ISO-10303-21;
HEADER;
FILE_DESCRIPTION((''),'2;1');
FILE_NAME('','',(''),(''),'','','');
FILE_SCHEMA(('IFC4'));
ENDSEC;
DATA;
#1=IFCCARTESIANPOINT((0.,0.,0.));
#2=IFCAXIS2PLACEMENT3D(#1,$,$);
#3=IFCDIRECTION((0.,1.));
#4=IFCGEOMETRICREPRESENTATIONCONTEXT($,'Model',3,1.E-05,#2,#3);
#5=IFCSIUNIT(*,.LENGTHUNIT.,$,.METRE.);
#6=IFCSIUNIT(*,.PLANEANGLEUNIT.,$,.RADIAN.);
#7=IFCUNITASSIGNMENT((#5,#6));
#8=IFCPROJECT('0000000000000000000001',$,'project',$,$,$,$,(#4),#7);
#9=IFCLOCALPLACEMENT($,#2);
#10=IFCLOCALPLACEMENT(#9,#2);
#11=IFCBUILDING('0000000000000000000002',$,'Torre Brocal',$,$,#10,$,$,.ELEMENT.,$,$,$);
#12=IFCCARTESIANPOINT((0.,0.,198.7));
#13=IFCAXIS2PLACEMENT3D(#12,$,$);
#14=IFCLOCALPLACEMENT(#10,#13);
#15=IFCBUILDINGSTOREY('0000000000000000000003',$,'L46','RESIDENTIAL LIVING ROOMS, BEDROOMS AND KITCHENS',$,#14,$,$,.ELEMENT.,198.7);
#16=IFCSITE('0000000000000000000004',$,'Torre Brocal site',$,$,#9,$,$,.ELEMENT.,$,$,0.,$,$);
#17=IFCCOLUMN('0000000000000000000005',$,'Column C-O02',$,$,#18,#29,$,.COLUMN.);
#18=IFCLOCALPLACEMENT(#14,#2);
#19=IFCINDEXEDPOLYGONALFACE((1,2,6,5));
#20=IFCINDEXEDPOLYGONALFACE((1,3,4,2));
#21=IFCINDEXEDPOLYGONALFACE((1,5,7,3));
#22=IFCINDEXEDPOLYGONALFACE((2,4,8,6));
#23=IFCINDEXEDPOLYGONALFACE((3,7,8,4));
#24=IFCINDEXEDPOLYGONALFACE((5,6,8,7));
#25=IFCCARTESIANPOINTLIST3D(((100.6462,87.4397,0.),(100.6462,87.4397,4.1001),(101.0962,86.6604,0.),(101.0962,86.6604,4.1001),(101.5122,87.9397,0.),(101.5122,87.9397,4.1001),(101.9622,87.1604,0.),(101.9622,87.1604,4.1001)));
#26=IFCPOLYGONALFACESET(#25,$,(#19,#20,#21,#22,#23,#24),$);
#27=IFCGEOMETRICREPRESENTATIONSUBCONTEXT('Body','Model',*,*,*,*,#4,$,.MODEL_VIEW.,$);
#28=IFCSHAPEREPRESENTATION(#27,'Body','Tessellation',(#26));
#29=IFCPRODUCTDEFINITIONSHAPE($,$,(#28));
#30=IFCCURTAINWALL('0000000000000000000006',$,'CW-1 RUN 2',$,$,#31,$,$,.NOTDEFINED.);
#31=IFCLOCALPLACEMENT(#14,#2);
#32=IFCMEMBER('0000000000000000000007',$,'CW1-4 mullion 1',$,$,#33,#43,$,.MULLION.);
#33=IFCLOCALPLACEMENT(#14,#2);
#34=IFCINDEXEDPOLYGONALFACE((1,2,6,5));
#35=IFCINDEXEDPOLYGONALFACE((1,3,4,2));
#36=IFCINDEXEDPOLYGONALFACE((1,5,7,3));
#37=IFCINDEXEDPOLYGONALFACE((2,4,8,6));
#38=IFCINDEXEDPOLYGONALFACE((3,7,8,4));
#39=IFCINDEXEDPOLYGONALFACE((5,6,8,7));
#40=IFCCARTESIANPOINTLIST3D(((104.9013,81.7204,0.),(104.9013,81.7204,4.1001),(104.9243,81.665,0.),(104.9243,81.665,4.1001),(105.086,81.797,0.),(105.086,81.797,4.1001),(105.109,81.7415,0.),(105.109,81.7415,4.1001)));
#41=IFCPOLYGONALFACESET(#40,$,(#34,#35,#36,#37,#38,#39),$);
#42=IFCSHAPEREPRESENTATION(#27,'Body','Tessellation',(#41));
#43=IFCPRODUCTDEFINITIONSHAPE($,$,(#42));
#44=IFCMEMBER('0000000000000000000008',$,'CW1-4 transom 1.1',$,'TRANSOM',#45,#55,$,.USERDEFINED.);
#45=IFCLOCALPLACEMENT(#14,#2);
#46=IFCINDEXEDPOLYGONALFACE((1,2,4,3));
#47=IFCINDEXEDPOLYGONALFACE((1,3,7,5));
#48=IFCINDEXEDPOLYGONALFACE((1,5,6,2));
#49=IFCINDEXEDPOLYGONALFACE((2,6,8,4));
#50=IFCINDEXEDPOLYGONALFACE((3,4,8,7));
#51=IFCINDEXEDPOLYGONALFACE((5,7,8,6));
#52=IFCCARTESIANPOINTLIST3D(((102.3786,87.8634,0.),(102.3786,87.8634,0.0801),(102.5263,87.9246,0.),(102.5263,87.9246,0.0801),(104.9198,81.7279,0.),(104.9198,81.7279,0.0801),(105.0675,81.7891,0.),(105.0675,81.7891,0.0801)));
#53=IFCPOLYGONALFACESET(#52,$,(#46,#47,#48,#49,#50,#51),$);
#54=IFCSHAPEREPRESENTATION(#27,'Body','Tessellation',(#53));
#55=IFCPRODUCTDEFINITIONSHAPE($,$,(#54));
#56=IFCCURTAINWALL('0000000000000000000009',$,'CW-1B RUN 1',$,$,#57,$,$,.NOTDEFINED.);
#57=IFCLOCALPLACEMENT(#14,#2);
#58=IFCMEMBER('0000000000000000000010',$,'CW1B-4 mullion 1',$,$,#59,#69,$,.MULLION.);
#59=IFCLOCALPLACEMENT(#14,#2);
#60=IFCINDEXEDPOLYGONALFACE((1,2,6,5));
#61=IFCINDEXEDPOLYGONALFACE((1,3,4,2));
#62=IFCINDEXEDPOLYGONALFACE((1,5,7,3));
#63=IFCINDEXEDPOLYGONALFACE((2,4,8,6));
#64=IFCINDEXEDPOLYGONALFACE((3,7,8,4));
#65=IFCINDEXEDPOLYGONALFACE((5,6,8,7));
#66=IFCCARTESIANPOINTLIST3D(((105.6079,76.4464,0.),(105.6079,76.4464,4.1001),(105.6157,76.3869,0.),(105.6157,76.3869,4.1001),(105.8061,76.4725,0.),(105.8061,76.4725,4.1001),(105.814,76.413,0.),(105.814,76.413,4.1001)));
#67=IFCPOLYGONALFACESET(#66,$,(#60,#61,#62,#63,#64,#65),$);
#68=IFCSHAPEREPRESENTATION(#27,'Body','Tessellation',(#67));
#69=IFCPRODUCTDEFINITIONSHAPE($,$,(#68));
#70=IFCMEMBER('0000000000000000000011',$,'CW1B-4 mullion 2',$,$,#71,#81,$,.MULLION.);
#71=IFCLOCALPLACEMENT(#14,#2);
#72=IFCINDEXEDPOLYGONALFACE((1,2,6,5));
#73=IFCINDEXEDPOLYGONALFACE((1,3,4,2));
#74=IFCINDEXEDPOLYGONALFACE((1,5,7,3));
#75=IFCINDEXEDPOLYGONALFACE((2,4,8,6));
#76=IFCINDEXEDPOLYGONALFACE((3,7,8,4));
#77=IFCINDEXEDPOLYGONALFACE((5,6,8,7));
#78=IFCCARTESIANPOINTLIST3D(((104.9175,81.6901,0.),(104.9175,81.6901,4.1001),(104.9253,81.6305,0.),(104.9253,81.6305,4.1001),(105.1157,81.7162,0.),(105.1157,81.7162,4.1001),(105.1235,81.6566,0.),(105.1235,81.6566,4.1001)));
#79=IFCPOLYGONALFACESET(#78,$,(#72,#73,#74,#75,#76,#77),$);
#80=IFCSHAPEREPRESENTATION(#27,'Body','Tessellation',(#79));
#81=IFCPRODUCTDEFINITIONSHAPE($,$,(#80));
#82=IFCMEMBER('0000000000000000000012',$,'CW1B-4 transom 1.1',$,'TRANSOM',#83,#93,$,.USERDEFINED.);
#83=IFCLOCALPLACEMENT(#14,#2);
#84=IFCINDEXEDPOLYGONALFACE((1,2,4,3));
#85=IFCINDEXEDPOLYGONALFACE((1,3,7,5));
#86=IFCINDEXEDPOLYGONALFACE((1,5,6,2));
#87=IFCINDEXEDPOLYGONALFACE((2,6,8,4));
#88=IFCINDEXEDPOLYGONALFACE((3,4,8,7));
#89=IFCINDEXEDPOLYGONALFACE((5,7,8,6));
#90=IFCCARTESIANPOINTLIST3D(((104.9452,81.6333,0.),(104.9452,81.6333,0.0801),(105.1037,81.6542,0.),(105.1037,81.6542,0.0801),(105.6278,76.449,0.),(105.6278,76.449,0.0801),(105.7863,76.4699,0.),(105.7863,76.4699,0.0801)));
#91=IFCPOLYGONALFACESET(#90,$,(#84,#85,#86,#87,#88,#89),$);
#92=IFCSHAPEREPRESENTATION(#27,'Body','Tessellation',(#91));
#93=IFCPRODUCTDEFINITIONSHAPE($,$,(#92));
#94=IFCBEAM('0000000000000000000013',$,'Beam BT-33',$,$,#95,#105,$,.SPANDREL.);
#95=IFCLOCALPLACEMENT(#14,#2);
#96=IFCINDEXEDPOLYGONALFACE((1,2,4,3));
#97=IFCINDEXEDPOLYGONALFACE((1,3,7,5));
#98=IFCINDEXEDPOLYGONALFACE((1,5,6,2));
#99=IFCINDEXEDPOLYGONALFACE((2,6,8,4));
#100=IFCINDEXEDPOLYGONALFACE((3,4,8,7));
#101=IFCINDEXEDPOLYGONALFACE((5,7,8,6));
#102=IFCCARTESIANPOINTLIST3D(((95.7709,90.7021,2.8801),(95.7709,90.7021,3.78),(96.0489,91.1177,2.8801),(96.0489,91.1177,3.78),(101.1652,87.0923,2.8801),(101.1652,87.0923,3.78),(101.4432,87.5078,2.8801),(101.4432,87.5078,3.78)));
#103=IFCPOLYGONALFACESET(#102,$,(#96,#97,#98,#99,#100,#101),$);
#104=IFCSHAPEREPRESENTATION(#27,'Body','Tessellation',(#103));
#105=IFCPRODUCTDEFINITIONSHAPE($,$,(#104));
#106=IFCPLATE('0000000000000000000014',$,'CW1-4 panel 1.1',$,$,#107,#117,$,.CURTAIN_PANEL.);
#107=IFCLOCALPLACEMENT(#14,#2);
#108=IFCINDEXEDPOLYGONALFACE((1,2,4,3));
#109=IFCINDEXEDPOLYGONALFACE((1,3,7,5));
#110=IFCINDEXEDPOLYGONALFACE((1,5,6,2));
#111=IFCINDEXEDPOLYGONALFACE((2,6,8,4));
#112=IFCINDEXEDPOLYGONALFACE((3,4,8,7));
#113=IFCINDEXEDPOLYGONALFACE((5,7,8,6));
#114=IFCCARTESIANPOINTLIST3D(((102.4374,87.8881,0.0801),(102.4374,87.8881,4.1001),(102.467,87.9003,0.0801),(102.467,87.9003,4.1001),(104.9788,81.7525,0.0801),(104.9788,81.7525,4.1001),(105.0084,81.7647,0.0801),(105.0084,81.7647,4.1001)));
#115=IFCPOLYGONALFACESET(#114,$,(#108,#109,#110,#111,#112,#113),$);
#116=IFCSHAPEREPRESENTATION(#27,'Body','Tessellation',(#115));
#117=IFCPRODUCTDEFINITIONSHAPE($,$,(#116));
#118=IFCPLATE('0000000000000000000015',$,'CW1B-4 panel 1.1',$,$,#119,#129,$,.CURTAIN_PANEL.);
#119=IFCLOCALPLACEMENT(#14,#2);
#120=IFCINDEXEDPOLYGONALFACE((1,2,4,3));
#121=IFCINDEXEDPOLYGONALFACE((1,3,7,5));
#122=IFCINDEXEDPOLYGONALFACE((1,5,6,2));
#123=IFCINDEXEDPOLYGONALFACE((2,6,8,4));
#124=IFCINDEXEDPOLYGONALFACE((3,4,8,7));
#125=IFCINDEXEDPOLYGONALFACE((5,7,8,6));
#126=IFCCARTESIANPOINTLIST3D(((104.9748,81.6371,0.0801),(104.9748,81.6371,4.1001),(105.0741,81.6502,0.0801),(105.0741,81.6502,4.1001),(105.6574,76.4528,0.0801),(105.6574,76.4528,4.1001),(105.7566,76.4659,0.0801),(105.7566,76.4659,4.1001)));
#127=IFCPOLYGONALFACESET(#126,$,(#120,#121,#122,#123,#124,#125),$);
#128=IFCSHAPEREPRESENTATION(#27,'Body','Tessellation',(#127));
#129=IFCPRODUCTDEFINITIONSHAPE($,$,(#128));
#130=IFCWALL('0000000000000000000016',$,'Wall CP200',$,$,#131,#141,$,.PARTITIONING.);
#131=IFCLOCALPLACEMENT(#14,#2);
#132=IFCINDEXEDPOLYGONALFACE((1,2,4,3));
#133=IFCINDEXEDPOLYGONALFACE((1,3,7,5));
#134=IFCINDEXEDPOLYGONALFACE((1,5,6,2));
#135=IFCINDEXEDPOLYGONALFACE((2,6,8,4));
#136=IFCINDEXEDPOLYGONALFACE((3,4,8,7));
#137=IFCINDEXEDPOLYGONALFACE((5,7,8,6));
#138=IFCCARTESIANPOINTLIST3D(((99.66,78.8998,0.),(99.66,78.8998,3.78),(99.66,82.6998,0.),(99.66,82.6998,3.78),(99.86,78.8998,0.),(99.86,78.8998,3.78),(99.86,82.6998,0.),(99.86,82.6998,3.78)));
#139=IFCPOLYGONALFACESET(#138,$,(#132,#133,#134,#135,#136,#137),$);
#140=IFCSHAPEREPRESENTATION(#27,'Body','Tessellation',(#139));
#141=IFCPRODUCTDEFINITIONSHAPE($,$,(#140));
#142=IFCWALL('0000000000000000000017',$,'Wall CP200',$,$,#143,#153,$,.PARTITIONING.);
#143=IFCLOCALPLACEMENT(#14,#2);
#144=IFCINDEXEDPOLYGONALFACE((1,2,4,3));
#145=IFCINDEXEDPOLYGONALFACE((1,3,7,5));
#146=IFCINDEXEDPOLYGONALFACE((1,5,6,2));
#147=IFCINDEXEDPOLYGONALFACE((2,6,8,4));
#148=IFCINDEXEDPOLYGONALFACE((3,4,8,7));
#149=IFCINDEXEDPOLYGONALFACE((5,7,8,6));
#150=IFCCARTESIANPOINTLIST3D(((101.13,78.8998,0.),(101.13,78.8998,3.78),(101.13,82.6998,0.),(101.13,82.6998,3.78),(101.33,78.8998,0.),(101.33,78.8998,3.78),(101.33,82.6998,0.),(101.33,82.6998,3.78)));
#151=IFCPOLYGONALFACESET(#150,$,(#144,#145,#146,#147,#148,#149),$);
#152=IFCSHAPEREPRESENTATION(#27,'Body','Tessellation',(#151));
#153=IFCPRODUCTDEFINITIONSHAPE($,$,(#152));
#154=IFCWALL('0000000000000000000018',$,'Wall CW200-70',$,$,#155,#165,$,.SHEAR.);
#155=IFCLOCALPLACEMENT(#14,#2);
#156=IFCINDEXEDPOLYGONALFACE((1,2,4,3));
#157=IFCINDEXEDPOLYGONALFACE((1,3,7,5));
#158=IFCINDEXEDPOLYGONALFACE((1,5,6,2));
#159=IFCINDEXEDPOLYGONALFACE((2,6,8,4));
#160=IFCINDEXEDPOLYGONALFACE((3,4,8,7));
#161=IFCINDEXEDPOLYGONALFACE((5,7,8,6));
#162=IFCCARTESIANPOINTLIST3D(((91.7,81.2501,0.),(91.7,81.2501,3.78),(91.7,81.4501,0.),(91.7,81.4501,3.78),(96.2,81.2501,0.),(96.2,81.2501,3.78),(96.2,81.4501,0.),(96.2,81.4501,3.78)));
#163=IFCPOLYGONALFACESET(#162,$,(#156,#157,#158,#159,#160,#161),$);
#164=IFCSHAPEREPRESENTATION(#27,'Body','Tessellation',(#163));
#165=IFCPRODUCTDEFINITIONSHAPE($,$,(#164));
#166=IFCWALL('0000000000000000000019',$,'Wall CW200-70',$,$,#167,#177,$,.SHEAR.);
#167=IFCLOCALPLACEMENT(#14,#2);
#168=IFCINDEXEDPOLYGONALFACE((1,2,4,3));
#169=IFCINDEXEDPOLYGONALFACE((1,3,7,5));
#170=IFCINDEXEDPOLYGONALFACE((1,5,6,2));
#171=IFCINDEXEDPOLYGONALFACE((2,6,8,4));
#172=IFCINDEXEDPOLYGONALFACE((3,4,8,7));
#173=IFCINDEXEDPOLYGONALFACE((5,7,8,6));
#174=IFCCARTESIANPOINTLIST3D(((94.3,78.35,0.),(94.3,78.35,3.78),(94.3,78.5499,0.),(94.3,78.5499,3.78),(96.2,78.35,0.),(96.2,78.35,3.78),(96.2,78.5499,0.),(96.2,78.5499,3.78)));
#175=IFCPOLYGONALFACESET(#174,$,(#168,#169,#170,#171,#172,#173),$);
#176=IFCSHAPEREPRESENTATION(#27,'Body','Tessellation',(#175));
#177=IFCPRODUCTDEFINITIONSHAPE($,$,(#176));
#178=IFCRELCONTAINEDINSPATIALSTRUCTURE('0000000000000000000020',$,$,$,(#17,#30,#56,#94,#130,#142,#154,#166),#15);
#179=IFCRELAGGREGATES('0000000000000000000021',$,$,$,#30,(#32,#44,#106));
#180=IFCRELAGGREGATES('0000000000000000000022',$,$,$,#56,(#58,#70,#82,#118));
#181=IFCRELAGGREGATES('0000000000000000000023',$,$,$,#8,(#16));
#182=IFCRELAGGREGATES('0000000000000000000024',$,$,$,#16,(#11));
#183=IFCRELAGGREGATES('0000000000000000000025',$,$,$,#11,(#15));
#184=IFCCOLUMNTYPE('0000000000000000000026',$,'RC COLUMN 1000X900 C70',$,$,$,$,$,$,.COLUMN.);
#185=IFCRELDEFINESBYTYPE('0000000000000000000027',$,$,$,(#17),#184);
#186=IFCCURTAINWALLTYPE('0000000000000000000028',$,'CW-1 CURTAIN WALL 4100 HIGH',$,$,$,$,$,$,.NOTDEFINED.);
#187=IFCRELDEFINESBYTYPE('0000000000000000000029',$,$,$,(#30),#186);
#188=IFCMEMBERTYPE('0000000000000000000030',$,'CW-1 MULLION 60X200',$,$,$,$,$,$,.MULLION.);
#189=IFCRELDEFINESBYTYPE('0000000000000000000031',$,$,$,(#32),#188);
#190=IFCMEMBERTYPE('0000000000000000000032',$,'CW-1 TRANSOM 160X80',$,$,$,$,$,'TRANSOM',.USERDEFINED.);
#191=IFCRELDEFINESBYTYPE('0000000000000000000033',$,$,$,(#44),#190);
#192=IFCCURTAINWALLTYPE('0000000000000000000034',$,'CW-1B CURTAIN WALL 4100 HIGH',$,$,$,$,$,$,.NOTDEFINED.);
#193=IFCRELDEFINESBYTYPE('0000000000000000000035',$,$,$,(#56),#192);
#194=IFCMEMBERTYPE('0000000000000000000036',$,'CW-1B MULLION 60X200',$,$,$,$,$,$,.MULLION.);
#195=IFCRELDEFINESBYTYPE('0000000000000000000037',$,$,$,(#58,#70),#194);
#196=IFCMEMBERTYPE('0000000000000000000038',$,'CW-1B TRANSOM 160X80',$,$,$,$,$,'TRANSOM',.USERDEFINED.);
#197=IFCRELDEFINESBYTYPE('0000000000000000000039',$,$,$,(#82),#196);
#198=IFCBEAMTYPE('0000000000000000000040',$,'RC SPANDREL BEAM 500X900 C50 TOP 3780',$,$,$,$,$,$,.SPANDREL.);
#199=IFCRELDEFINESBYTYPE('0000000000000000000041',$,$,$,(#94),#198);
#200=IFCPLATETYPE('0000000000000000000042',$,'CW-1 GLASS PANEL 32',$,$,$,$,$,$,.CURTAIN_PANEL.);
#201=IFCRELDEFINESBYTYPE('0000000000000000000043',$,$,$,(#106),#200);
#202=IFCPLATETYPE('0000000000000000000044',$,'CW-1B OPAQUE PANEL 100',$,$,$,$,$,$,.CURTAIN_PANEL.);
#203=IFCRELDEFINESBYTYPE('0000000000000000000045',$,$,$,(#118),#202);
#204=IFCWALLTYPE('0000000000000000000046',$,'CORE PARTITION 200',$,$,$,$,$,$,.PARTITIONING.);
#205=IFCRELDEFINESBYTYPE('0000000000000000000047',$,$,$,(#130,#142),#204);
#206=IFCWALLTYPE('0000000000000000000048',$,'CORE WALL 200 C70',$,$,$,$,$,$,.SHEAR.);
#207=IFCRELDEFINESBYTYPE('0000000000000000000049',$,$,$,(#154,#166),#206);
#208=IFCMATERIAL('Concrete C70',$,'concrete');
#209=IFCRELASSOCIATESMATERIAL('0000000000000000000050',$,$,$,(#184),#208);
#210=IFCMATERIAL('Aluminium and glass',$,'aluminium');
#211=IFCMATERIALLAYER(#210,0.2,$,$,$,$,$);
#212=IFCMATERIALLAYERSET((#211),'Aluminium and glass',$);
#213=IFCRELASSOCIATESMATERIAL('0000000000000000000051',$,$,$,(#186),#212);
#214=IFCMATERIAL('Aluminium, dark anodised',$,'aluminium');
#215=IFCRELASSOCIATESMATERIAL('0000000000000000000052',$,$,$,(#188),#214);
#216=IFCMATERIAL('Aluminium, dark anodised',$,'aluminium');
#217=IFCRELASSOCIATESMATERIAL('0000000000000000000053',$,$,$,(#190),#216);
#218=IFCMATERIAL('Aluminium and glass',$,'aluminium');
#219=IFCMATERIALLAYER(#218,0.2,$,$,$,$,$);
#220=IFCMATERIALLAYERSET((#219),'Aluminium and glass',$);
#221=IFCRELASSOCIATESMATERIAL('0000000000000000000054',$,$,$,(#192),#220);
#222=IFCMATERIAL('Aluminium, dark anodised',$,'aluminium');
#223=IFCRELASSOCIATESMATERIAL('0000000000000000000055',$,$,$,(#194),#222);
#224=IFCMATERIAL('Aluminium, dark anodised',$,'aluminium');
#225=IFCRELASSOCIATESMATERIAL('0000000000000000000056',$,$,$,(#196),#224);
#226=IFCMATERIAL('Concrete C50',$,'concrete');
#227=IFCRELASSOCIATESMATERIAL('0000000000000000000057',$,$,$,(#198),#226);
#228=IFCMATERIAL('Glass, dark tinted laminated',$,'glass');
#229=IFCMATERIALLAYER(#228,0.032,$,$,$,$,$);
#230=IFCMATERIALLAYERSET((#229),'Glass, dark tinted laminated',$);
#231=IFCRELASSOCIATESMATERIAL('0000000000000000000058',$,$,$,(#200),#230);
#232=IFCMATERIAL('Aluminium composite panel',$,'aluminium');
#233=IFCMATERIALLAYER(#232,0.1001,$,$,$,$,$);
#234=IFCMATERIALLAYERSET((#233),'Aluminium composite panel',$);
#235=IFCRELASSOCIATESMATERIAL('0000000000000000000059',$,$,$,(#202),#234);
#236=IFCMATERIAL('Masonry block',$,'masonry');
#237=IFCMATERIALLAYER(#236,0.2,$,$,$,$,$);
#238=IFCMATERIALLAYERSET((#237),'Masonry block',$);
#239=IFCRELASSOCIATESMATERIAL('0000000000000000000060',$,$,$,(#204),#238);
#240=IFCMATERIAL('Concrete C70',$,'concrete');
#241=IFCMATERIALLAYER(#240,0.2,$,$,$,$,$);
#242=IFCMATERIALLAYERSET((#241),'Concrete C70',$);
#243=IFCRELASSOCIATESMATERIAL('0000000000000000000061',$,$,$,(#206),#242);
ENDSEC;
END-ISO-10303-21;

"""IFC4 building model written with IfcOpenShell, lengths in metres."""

from ifc_helpers import new_model, si_unit, direction, frame, frame_2d, origin, origin_2d, place, context, subcontext, project, spatial, rectangle, extrude, material, layer, layer_set, material_profile, profile_set, type_object, element, aggregate, save


model = new_model("IFC4")

# Units and contexts
model_context = context("Model", 3, precision=1e-05, world=origin(), true_north=direction((0.0, 1.0)))
body_context = subcontext(model_context, "Body", "Model", "MODEL_VIEW")
ifc_project = project(units=[si_unit("LENGTHUNIT", "METRE"), si_unit("PLANEANGLEUNIT", "RADIAN")], contexts=[model_context])

# Site, building, storey
site_placement = place(None, origin())
site = spatial("IfcSite", under=ifc_project, at=site_placement, Name="Torre Brocal site", CompositionType="ELEMENT", RefElevation=0.0)
building_placement = place(site_placement, origin())
building = spatial("IfcBuilding", under=site, at=building_placement, Name="Torre Brocal", CompositionType="ELEMENT")
storey_placement = place(building_placement, frame((0.0, 0.0, 198.7)))
storey = spatial("IfcBuildingStorey", under=building, at=storey_placement, Name="L46", Description="RESIDENTIAL LIVING ROOMS, BEDROOMS AND KITCHENS", CompositionType="ELEMENT", Elevation=198.7)

# Column
ifc_material_1 = material(Name="Concrete C70", Category="concrete")
ifc_material_profile_1 = material_profile(ifc_material_1, rectangle(XDim=1.0, YDim=0.8999, at=origin_2d()), Name="RC 1000X900")
ifc_profile_set_1 = profile_set([ifc_material_profile_1], Name="Concrete C70")
column_type = type_object("IfcColumnType", Name="RC COLUMN 1000X900 C70", PredefinedType="COLUMN", material=ifc_profile_set_1)
column_placement = place(storey_placement, frame((101.3042, 87.3, 0.0), z_axis=(0.0, 0.0, 1.0), x_axis=(0.866025, 0.5, 0.0)))
element("IfcColumn", 1, at=column_placement, inside=storey, type_object=column_type, Name="Column C-O02", PredefinedType="COLUMN", context=body_context, shape_type="SweptSolid", body=[
    extrude(rectangle(XDim=1.0, YDim=0.8999, at=origin_2d()), origin(), (0.0, 0.0, 1.0), 4.1001),
])

# Curtain walls, members
ifc_material_2 = material(Name="Aluminium and glass", Category="aluminium")
ifc_layer_1 = layer(ifc_material_2, 0.2)
ifc_layer_set_1 = layer_set([ifc_layer_1], Name="Aluminium and glass")
curtain_wall_type_1 = type_object("IfcCurtainWallType", Name="CW-1 CURTAIN WALL 4100 HIGH", PredefinedType="NOTDEFINED", material=ifc_layer_set_1)
curtain_wall_1_placement = place(storey_placement, origin())
curtain_wall_1 = element("IfcCurtainWall", 2, at=curtain_wall_1_placement, inside=storey, type_object=curtain_wall_type_1, Name="CW-1 RUN 2", PredefinedType="NOTDEFINED")
ifc_material_3 = material(Name="Aluminium, dark anodised", Category="aluminium")
ifc_material_profile_2 = material_profile(ifc_material_3, rectangle(XDim=0.2, YDim=0.0601, at=origin_2d()), Name="CW-1 MULLION 60X200")
ifc_profile_set_2 = profile_set([ifc_material_profile_2], Name="Aluminium, dark anodised")
member_type_1 = type_object("IfcMemberType", Name="CW-1 MULLION 60X200", PredefinedType="MULLION", material=ifc_profile_set_2)
member_1_placement = place(storey_placement, frame((105.0051, 81.731, 0.0), z_axis=(0.0, 0.0, 1.0), x_axis=(-0.92388, -0.382683, 0.0)))
member_1 = element("IfcMember", 3, at=member_1_placement, type_object=member_type_1, Name="CW1-4 mullion 1", PredefinedType="MULLION", context=body_context, shape_type="SweptSolid", body=[
    extrude(rectangle(XDim=0.2, YDim=0.0601, at=origin_2d()), origin(), (0.0, 0.0, 1.0), 4.1001),
])
ifc_material_4 = material(Name="Aluminium, dark anodised", Category="aluminium")
ifc_material_profile_3 = material_profile(ifc_material_4, rectangle(XDim=0.1599, YDim=0.0801, at=origin_2d()), Name="CW-1 TRANSOM 160X80")
ifc_profile_set_3 = profile_set([ifc_material_profile_3], Name="Aluminium, dark anodised")
member_type_2 = type_object("IfcMemberType", Name="CW-1 TRANSOM 160X80", ElementType="TRANSOM", PredefinedType="USERDEFINED", material=ifc_profile_set_3)
member_2_placement = place(storey_placement, frame((104.9937, 81.7585, 0.04), z_axis=(-0.382665, 0.923887, 0.0), x_axis=(-0.923887, -0.382665, 0.0)))
member_2 = element("IfcMember", 4, at=member_2_placement, type_object=member_type_2, Name="CW1-4 transom 1.1", ObjectType="TRANSOM", PredefinedType="USERDEFINED", context=body_context, shape_type="SweptSolid", body=[
    extrude(rectangle(XDim=0.1599, YDim=0.0801, at=origin_2d()), origin(), (0.0, 0.0, 1.0), 6.6409),
])
ifc_material_5 = material(Name="Aluminium and glass", Category="aluminium")
ifc_layer_2 = layer(ifc_material_5, 0.2)
ifc_layer_set_2 = layer_set([ifc_layer_2], Name="Aluminium and glass")
curtain_wall_type_2 = type_object("IfcCurtainWallType", Name="CW-1B CURTAIN WALL 4100 HIGH", PredefinedType="NOTDEFINED", material=ifc_layer_set_2)
curtain_wall_2_placement = place(storey_placement, origin())
curtain_wall_2 = element("IfcCurtainWall", 5, at=curtain_wall_2_placement, inside=storey, type_object=curtain_wall_type_2, Name="CW-1B RUN 1", PredefinedType="NOTDEFINED")
ifc_material_6 = material(Name="Aluminium, dark anodised", Category="aluminium")
ifc_material_profile_4 = material_profile(ifc_material_6, rectangle(XDim=0.2, YDim=0.0601, at=origin_2d()), Name="CW-1B MULLION 60X200")
ifc_profile_set_4 = profile_set([ifc_material_profile_4], Name="Aluminium, dark anodised")
member_type_3 = type_object("IfcMemberType", Name="CW-1B MULLION 60X200", PredefinedType="MULLION", material=ifc_profile_set_4)
member_3_placement = place(storey_placement, frame((105.7109, 76.4297, 0.0), z_axis=(0.0, 0.0, 1.0), x_axis=(-0.991445, -0.130526, 0.0)))
member_3 = element("IfcMember", 6, at=member_3_placement, type_object=member_type_3, Name="CW1B-4 mullion 1", PredefinedType="MULLION", context=body_context, shape_type="SweptSolid", body=[
    extrude(rectangle(XDim=0.2, YDim=0.0601, at=origin_2d()), origin(), (0.0, 0.0, 1.0), 4.1001),
])
member_4_placement = place(storey_placement, frame((105.0205, 81.6733, 0.0), z_axis=(0.0, 0.0, 1.0), x_axis=(-0.991445, -0.130526, 0.0)))
member_4 = element("IfcMember", 7, at=member_4_placement, type_object=member_type_3, Name="CW1B-4 mullion 2", PredefinedType="MULLION", context=body_context, shape_type="SweptSolid", body=[
    extrude(rectangle(XDim=0.2, YDim=0.0601, at=origin_2d()), origin(), (0.0, 0.0, 1.0), 4.1001),
])
ifc_material_7 = material(Name="Aluminium, dark anodised", Category="aluminium")
ifc_material_profile_5 = material_profile(ifc_material_7, rectangle(XDim=0.1599, YDim=0.0801, at=origin_2d()), Name="CW-1B TRANSOM 160X80")
ifc_profile_set_5 = profile_set([ifc_material_profile_5], Name="Aluminium, dark anodised")
member_type_4 = type_object("IfcMemberType", Name="CW-1B TRANSOM 160X80", ElementType="TRANSOM", PredefinedType="USERDEFINED", material=ifc_profile_set_5)
member_5_placement = place(storey_placement, frame((105.707, 76.4595, 0.04), z_axis=(-0.130543, 0.991443, 0.0), x_axis=(-0.991443, -0.130543, 0.0)))
member_5 = element("IfcMember", 8, at=member_5_placement, type_object=member_type_4, Name="CW1B-4 transom 1.1", ObjectType="TRANSOM", PredefinedType="USERDEFINED", context=body_context, shape_type="SweptSolid", body=[
    extrude(rectangle(XDim=0.1599, YDim=0.0801, at=origin_2d()), origin(), (0.0, 0.0, 1.0), 5.229),
])

# Beam
ifc_material_8 = material(Name="Concrete C50", Category="concrete")
ifc_material_profile_6 = material_profile(ifc_material_8, rectangle(XDim=0.5, YDim=0.8999, at=origin_2d()), Name="RC 500X900")
ifc_profile_set_6 = profile_set([ifc_material_profile_6], Name="Concrete C50")
beam_type = type_object("IfcBeamType", Name="RC SPANDREL BEAM 500X900 C50 TOP 3780", PredefinedType="SPANDREL", material=ifc_profile_set_6)
beam_placement = place(storey_placement, frame((101.3042, 87.3, 3.3301), z_axis=(-0.831077, 0.556158, 0.0), x_axis=(-0.556158, -0.831077, 0.0)))
element("IfcBeam", 9, at=beam_placement, inside=storey, type_object=beam_type, Name="Beam BT-33", PredefinedType="SPANDREL", context=body_context, shape_type="SweptSolid", body=[
    extrude(rectangle(XDim=0.5, YDim=0.8999, at=origin_2d()), origin(), (0.0, 0.0, 1.0), 6.4907),
])

# Plates
ifc_material_9 = material(Name="Glass, dark tinted laminated", Category="glass")
ifc_layer_3 = layer(ifc_material_9, 0.032)
ifc_layer_set_3 = layer_set([ifc_layer_3], Name="Glass, dark tinted laminated")
plate_type_1 = type_object("IfcPlateType", Name="CW-1 GLASS PANEL 32", PredefinedType="CURTAIN_PANEL", material=ifc_layer_set_3)
plate_1_placement = place(storey_placement, frame((103.7229, 84.8264, 0.0801), z_axis=(0.0, 0.0, 1.0), x_axis=(-0.382683, 0.92388, 0.0)))
plate_1 = element("IfcPlate", 10, at=plate_1_placement, type_object=plate_type_1, Name="CW1-4 panel 1.1", PredefinedType="CURTAIN_PANEL", context=body_context, shape_type="SweptSolid", body=[
    extrude(rectangle(XDim=6.6411, YDim=0.032, at=origin_2d()), origin(), (0.0, 0.0, 1.0), 4.02),
])
aggregate(curtain_wall_1, [member_1, member_2, plate_1])
ifc_material_10 = material(Name="Aluminium composite panel", Category="aluminium")
ifc_layer_4 = layer(ifc_material_10, 0.1001)
ifc_layer_set_4 = layer_set([ifc_layer_4], Name="Aluminium composite panel")
plate_type_2 = type_object("IfcPlateType", Name="CW-1B OPAQUE PANEL 100", PredefinedType="CURTAIN_PANEL", material=ifc_layer_set_4)
plate_2_placement = place(storey_placement, frame((105.3657, 79.0515, 0.0801), z_axis=(0.0, 0.0, 1.0), x_axis=(-0.130526, 0.991445, 0.0)))
plate_2 = element("IfcPlate", 11, at=plate_2_placement, type_object=plate_type_2, Name="CW1B-4 panel 1.1", PredefinedType="CURTAIN_PANEL", context=body_context, shape_type="SweptSolid", body=[
    extrude(rectangle(XDim=5.229, YDim=0.1001, at=origin_2d()), origin(), (0.0, 0.0, 1.0), 4.02),
])
aggregate(curtain_wall_2, [member_3, member_4, member_5, plate_2])

# Walls
ifc_material_11 = material(Name="Masonry block", Category="masonry")
ifc_layer_5 = layer(ifc_material_11, 0.2)
ifc_layer_set_5 = layer_set([ifc_layer_5], Name="Masonry block")
wall_type_1 = type_object("IfcWallType", Name="CORE PARTITION 200", PredefinedType="PARTITIONING", material=ifc_layer_set_5)
for number, where, z_axis, x_axis, name in (
    (12, (99.76, 78.8999, 0.0), (0.0, 0.0, 1.0), (0.0, 1.0, 0.0), "Wall CP200"),
    (13, (101.23, 78.8999, 0.0), (0.0, 0.0, 1.0), (0.0, 1.0, 0.0), "Wall CP200"),
):
    element("IfcWall", number, at=place(storey_placement, frame(where, z_axis=z_axis, x_axis=x_axis)), inside=storey, type_object=wall_type_1, Name=name, PredefinedType="PARTITIONING", context=body_context, shape_type="SweptSolid", body=[
        extrude(rectangle(XDim=3.8, YDim=0.2, at=frame_2d((1.8999, 0.0))), origin(), (0.0, 0.0, 1.0), 3.78),
    ])
ifc_material_12 = material(Name="Concrete C70", Category="concrete")
ifc_layer_6 = layer(ifc_material_12, 0.2)
ifc_layer_set_6 = layer_set([ifc_layer_6], Name="Concrete C70")
wall_type_2 = type_object("IfcWallType", Name="CORE WALL 200 C70", PredefinedType="SHEAR", material=ifc_layer_set_6)
wall_1_placement = place(storey_placement, frame((91.7, 81.3501, 0.0), z_axis=(0.0, 0.0, 1.0), x_axis=(1.0, 0.0, 0.0)))
element("IfcWall", 14, at=wall_1_placement, inside=storey, type_object=wall_type_2, Name="Wall CW200-70", PredefinedType="SHEAR", context=body_context, shape_type="SweptSolid", body=[
    extrude(rectangle(XDim=4.5, YDim=0.2, at=frame_2d((2.25, 0.0))), origin(), (0.0, 0.0, 1.0), 3.78),
])
wall_2_placement = place(storey_placement, frame((94.3, 78.45, 0.0), z_axis=(0.0, 0.0, 1.0), x_axis=(1.0, 0.0, 0.0)))
element("IfcWall", 15, at=wall_2_placement, inside=storey, type_object=wall_type_2, Name="Wall CW200-70", PredefinedType="SHEAR", context=body_context, shape_type="SweptSolid", body=[
    extrude(rectangle(XDim=1.8999, YDim=0.2, at=frame_2d((0.95, 0.0))), origin(), (0.0, 0.0, 1.0), 3.78),
])

save(model, "model.ifc")
